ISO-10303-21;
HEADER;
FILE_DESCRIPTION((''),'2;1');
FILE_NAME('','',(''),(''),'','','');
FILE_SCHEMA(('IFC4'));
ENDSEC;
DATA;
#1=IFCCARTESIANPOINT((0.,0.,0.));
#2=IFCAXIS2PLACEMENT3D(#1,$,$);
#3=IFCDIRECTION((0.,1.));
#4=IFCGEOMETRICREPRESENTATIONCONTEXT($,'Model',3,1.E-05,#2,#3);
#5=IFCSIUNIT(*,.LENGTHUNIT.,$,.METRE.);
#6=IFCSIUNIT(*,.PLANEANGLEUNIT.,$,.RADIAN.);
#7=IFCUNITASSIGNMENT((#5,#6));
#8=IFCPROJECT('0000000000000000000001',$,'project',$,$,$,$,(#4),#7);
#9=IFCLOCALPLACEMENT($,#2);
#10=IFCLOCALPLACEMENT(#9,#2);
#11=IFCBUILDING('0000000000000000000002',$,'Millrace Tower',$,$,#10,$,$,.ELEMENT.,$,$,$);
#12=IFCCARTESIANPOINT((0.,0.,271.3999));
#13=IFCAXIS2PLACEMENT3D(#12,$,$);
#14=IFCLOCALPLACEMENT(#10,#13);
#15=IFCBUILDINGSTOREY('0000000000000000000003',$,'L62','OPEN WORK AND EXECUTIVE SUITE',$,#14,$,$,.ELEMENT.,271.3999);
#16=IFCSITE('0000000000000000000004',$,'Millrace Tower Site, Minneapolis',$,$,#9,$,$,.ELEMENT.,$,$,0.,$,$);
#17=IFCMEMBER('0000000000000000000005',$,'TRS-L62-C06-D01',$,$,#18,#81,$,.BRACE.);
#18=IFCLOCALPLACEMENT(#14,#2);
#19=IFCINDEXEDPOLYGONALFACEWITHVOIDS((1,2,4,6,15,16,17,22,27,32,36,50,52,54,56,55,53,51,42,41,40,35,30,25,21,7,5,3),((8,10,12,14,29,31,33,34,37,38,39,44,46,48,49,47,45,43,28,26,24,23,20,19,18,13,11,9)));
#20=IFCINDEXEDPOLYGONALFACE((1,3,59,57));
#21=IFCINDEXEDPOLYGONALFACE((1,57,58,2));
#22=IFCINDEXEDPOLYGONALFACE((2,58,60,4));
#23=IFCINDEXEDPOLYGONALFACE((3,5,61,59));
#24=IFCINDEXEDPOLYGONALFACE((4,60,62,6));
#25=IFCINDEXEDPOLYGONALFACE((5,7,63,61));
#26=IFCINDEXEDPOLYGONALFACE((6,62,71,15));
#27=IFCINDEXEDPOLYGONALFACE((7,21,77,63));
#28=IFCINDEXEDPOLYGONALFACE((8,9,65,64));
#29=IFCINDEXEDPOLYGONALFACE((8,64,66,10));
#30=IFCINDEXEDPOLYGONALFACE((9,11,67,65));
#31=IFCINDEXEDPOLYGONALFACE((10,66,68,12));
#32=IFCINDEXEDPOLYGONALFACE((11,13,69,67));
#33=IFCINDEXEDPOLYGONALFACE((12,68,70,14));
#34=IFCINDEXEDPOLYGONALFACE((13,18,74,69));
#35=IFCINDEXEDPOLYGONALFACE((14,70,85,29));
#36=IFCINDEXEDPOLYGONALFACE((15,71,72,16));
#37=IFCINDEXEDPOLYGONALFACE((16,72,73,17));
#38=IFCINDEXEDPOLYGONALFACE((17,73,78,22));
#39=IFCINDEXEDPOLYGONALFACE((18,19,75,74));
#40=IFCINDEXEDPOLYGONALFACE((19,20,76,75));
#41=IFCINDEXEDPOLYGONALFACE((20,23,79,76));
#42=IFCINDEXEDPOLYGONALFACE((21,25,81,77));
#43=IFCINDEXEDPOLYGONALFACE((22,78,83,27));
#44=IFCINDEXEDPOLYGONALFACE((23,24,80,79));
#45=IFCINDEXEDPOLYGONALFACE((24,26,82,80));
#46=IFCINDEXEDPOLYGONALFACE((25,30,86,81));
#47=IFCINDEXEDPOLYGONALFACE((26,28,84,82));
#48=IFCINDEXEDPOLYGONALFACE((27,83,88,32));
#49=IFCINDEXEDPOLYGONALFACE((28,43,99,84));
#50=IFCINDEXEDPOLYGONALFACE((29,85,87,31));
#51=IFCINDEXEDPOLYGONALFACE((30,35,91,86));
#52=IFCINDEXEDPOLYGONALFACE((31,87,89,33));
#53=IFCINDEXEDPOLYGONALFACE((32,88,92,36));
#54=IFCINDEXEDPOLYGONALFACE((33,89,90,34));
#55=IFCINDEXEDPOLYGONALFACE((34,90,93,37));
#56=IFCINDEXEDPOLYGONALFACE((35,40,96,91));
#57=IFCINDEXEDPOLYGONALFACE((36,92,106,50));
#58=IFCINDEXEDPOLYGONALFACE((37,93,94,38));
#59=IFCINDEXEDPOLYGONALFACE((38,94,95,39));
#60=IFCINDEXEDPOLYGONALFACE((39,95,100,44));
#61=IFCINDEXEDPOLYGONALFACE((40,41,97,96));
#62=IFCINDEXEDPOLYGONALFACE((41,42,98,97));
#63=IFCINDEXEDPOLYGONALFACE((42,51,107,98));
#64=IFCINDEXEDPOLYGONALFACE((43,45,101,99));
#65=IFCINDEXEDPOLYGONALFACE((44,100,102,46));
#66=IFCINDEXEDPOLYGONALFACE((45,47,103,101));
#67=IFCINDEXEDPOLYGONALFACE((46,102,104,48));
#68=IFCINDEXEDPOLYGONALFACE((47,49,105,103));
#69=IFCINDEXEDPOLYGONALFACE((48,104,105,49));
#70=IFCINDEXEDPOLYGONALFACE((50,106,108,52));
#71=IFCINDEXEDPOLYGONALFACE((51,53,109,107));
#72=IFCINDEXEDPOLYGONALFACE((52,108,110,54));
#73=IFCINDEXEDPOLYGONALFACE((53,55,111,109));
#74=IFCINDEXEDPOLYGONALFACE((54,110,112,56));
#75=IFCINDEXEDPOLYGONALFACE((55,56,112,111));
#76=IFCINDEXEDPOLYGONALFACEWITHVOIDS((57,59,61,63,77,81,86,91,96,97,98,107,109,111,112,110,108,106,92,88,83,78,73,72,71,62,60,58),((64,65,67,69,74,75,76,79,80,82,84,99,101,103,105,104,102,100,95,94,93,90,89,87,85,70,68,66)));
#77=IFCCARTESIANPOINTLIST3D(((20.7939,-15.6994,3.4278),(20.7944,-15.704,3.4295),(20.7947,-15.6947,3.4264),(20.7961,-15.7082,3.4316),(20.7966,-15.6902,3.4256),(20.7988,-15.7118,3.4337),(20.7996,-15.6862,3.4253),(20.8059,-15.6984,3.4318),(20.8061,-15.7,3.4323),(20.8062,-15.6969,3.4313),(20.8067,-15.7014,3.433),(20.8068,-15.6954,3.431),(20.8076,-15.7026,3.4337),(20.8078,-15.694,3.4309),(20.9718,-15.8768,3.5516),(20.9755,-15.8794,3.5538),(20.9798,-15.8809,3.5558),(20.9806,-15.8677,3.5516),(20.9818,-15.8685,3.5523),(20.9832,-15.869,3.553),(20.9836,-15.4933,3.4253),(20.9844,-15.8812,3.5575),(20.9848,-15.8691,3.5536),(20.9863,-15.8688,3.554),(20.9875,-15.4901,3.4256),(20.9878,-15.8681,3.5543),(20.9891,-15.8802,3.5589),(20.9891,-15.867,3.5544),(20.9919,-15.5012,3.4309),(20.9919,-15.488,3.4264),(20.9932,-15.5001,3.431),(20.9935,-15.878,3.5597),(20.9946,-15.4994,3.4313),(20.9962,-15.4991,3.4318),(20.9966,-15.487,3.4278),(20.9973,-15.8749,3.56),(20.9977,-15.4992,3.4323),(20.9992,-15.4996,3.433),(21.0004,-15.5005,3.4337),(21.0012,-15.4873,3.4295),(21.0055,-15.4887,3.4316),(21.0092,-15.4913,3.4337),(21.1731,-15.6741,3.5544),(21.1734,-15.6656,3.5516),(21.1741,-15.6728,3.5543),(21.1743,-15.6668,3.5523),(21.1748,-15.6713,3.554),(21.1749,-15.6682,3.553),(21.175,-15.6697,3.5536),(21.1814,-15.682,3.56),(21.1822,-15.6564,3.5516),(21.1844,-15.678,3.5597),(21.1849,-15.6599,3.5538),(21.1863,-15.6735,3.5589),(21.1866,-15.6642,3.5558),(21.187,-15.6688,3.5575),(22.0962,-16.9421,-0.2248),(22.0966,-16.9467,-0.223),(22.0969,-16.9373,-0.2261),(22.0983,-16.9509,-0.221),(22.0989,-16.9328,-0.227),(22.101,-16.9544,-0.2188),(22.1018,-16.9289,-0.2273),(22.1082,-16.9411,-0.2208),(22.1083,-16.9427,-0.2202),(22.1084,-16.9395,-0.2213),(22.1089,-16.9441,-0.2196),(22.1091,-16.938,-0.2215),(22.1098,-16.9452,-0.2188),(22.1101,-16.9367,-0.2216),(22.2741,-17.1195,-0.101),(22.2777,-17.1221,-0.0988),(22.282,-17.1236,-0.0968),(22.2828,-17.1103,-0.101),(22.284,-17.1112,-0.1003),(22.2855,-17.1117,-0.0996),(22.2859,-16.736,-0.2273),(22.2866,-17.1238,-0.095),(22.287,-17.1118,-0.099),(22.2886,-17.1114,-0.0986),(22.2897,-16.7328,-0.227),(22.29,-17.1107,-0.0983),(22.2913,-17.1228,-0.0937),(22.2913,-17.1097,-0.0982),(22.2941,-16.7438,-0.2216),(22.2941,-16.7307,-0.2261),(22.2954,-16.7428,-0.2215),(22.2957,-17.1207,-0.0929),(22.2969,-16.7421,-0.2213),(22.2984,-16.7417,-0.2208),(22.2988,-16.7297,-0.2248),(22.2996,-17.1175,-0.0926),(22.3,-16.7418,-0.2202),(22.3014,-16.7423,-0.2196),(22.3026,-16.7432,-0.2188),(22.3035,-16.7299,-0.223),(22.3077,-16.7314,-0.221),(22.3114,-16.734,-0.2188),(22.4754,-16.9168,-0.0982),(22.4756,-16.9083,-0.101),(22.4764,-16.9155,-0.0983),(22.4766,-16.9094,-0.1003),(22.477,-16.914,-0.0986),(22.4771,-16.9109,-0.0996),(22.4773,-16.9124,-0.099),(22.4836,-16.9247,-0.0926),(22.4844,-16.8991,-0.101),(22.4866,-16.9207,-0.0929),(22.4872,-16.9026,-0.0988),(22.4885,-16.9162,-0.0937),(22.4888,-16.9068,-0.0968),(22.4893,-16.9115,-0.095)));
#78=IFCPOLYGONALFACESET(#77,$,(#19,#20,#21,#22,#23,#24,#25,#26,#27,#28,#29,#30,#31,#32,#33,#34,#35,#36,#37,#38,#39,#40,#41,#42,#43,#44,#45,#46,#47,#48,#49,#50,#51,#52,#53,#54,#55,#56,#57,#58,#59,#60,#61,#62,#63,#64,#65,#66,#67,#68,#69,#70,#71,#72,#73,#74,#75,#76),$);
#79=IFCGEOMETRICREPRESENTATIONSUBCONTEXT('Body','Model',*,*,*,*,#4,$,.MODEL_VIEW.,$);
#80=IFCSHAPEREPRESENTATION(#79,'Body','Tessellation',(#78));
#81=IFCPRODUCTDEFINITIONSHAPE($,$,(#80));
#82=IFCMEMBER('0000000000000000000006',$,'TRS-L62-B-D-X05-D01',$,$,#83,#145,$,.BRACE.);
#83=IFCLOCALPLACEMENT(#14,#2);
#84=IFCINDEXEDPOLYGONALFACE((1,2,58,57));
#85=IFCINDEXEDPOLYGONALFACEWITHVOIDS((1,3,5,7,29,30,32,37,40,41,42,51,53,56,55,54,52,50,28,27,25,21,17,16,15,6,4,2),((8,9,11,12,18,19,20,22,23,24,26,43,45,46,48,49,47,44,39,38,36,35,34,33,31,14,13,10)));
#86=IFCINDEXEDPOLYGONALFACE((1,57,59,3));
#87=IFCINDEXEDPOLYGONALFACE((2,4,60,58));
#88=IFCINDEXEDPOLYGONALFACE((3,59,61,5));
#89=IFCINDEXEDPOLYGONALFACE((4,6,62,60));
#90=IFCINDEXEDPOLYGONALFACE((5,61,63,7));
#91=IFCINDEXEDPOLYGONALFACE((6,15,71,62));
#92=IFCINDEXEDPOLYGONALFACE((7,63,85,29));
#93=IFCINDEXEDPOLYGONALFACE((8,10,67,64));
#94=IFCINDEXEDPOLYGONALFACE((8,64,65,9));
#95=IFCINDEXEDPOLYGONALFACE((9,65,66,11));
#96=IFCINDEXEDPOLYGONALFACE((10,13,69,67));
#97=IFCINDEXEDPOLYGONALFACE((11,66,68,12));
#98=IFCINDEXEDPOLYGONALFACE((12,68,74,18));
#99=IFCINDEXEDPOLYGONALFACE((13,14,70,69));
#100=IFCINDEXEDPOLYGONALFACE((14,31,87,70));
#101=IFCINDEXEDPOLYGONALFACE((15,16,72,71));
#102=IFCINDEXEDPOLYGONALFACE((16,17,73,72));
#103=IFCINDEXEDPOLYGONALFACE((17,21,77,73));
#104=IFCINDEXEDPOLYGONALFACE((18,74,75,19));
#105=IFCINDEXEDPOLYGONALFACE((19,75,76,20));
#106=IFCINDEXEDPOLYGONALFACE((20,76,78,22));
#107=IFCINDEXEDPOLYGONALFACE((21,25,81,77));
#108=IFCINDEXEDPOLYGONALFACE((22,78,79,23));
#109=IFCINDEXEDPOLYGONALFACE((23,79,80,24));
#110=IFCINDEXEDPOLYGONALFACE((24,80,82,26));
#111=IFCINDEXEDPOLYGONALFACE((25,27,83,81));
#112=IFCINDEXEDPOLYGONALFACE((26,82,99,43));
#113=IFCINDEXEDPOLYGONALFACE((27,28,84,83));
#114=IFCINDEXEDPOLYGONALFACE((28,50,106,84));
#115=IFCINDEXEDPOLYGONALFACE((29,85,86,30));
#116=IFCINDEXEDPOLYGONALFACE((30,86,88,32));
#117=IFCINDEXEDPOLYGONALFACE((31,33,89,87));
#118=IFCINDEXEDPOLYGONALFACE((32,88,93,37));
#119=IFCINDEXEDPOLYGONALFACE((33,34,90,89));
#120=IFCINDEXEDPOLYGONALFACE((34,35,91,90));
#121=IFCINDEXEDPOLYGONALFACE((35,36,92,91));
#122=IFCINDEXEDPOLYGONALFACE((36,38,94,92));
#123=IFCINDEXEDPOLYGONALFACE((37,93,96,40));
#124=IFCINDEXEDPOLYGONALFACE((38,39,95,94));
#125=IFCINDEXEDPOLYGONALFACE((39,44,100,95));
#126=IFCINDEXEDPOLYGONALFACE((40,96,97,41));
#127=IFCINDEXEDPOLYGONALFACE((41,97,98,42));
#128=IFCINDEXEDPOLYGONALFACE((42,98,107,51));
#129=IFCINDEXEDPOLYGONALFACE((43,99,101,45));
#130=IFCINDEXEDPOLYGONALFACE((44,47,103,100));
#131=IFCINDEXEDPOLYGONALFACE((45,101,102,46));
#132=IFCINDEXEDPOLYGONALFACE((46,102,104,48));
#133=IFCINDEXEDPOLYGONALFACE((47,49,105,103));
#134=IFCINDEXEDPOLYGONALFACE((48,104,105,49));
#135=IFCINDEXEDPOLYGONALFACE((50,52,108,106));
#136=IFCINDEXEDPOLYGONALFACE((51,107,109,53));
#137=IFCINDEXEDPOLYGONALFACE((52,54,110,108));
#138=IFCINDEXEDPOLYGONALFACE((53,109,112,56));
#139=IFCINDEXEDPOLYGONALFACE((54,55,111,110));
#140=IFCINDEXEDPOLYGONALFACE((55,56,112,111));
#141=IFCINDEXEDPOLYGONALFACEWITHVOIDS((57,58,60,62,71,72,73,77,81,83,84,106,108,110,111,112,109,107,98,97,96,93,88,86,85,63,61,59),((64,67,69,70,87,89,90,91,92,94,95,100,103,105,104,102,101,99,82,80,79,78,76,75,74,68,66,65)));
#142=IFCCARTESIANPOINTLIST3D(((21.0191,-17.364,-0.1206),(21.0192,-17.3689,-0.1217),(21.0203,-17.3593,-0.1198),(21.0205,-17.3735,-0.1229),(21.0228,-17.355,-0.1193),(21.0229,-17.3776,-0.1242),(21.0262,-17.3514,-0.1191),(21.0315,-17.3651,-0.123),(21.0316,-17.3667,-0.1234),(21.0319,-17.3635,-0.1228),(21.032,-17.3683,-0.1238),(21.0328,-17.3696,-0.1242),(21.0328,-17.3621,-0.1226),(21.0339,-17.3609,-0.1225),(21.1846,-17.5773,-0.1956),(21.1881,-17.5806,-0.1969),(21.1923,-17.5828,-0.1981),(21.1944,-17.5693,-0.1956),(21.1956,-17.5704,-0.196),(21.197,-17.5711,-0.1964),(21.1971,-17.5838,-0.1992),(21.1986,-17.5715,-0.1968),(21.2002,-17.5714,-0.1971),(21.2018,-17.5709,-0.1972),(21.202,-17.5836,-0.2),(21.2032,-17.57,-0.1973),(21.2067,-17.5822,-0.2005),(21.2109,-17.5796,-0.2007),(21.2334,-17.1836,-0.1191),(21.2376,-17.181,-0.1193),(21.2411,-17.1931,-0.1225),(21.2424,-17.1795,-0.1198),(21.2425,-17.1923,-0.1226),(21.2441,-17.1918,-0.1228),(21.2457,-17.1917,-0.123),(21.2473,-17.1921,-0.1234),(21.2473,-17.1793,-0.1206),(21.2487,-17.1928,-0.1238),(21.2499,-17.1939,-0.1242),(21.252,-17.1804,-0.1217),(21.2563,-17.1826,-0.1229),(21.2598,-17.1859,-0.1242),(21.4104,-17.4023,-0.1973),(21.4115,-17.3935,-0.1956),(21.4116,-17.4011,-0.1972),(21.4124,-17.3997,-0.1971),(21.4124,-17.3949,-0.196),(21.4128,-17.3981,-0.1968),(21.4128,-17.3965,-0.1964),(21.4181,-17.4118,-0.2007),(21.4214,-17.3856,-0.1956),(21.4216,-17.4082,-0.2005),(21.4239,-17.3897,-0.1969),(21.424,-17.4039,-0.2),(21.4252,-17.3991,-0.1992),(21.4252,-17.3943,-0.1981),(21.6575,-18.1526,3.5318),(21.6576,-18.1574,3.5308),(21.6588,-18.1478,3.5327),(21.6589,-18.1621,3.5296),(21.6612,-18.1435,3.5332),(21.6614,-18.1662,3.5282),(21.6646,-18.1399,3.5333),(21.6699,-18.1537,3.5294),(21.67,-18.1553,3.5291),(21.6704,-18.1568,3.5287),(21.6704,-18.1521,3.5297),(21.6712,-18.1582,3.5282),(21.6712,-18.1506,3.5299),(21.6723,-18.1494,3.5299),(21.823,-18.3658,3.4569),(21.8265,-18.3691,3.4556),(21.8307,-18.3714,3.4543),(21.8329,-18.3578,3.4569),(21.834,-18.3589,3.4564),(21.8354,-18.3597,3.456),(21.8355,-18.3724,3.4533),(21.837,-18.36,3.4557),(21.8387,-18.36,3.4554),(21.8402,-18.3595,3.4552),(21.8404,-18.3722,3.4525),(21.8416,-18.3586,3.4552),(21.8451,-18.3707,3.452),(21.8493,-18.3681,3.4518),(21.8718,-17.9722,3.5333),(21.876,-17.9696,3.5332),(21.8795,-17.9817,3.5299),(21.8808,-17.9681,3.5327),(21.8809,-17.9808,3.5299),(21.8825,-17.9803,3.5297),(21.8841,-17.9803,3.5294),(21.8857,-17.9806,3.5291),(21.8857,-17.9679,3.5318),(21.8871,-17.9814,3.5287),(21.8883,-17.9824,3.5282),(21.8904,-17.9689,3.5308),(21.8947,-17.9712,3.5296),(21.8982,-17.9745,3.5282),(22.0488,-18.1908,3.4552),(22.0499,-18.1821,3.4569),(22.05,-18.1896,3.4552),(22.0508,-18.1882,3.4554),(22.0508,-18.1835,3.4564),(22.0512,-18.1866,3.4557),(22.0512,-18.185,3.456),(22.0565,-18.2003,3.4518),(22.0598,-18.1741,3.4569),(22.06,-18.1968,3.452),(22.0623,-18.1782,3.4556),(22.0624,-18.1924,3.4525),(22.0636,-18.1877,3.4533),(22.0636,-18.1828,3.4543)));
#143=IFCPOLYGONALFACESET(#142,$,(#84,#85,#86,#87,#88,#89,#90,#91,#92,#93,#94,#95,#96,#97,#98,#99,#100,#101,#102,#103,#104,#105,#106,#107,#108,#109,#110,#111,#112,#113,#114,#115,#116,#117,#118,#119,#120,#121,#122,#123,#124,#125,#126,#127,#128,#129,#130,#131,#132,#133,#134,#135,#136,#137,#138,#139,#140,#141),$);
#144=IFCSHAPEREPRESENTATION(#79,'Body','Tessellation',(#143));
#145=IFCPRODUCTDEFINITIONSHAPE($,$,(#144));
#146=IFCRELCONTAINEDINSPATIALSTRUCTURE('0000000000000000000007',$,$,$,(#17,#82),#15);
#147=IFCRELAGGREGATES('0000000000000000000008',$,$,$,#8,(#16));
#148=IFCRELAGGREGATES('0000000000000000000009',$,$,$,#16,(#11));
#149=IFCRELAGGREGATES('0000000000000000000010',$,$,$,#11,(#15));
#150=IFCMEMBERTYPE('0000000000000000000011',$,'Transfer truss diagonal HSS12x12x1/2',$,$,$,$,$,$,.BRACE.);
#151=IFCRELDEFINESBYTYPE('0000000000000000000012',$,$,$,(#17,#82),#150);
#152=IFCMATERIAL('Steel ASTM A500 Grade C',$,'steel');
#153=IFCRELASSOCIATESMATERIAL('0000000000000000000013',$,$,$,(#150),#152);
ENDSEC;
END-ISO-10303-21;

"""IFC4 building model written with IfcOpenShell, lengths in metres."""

from ifc_helpers import new_model, si_unit, direction, frame, origin, origin_2d, place, context, subcontext, project, spatial, hollow_rectangle, extrude, material, material_profile, profile_set, type_object, element, save


model = new_model("IFC4")

# Units and contexts
model_context = context("Model", 3, precision=1e-05, world=origin(), true_north=direction((0.0, 1.0)))
body_context = subcontext(model_context, "Body", "Model", "MODEL_VIEW")
ifc_project = project(units=[si_unit("LENGTHUNIT", "METRE"), si_unit("PLANEANGLEUNIT", "RADIAN")], contexts=[model_context])

# Site, building, storey
site_placement = place(None, origin())
site = spatial("IfcSite", under=ifc_project, at=site_placement, Name="Millrace Tower Site, Minneapolis", CompositionType="ELEMENT", RefElevation=0.0)
building_placement = place(site_placement, origin())
building = spatial("IfcBuilding", under=site, at=building_placement, Name="Millrace Tower", CompositionType="ELEMENT")
storey_placement = place(building_placement, frame((0.0, 0.0, 271.3999)))
storey = spatial("IfcBuildingStorey", under=building, at=storey_placement, Name="L62", Description="OPEN WORK AND EXECUTIVE SUITE", CompositionType="ELEMENT", Elevation=271.3999)

# Members
ifc_material_1 = material(Name="Steel ASTM A500 Grade C", Category="steel")
ifc_material_profile_1 = material_profile(ifc_material_1, hollow_rectangle(XDim=0.3047, YDim=0.3047, WallThickness=0.0127, InnerFilletRadius=0.0063, OuterFilletRadius=0.019, at=origin_2d()))
ifc_profile_set_1 = profile_set([ifc_material_profile_1], Name="Steel ASTM A500 Grade C")
member_type_1 = type_object("IfcMemberType", Name="Transfer truss diagonal HSS12x12x1/2", PredefinedType="BRACE", material=ifc_profile_set_1)
member_1_placement = place(storey_placement, frame((22.2927, -16.9268, -0.1599), z_axis=(-0.319802, 0.305173, 0.896993), x_axis=(-0.690366, -0.72346, 0.0)))
element("IfcMember", 1, at=member_1_placement, inside=storey, type_object=member_type_1, Name="TRS-L62-C06-D01", PredefinedType="BRACE", context=body_context, shape_type="SweptSolid", body=[
    extrude(hollow_rectangle(XDim=0.3047, YDim=0.3047, WallThickness=0.0127, InnerFilletRadius=0.0063, OuterFilletRadius=0.019, at=origin_2d()), origin(), (0.0, 0.0, 1.0), 4.072),
])
member_2_placement = place(storey_placement, frame((21.2222, -17.3816, -0.1599), z_axis=(0.168411, -0.208018, 0.963518), x_axis=(0.777217, 0.629233, 0.0)))
element("IfcMember", 2, at=member_2_placement, inside=storey, type_object=member_type_1, Name="TRS-L62-B-D-X05-D01", PredefinedType="BRACE", context=body_context, shape_type="SweptSolid", body=[
    extrude(hollow_rectangle(XDim=0.3047, YDim=0.3047, WallThickness=0.0127, InnerFilletRadius=0.0063, OuterFilletRadius=0.019, at=origin_2d()), origin(), (0.0, 0.0, 1.0), 3.7908),
])

save(model, "model.ifc")
